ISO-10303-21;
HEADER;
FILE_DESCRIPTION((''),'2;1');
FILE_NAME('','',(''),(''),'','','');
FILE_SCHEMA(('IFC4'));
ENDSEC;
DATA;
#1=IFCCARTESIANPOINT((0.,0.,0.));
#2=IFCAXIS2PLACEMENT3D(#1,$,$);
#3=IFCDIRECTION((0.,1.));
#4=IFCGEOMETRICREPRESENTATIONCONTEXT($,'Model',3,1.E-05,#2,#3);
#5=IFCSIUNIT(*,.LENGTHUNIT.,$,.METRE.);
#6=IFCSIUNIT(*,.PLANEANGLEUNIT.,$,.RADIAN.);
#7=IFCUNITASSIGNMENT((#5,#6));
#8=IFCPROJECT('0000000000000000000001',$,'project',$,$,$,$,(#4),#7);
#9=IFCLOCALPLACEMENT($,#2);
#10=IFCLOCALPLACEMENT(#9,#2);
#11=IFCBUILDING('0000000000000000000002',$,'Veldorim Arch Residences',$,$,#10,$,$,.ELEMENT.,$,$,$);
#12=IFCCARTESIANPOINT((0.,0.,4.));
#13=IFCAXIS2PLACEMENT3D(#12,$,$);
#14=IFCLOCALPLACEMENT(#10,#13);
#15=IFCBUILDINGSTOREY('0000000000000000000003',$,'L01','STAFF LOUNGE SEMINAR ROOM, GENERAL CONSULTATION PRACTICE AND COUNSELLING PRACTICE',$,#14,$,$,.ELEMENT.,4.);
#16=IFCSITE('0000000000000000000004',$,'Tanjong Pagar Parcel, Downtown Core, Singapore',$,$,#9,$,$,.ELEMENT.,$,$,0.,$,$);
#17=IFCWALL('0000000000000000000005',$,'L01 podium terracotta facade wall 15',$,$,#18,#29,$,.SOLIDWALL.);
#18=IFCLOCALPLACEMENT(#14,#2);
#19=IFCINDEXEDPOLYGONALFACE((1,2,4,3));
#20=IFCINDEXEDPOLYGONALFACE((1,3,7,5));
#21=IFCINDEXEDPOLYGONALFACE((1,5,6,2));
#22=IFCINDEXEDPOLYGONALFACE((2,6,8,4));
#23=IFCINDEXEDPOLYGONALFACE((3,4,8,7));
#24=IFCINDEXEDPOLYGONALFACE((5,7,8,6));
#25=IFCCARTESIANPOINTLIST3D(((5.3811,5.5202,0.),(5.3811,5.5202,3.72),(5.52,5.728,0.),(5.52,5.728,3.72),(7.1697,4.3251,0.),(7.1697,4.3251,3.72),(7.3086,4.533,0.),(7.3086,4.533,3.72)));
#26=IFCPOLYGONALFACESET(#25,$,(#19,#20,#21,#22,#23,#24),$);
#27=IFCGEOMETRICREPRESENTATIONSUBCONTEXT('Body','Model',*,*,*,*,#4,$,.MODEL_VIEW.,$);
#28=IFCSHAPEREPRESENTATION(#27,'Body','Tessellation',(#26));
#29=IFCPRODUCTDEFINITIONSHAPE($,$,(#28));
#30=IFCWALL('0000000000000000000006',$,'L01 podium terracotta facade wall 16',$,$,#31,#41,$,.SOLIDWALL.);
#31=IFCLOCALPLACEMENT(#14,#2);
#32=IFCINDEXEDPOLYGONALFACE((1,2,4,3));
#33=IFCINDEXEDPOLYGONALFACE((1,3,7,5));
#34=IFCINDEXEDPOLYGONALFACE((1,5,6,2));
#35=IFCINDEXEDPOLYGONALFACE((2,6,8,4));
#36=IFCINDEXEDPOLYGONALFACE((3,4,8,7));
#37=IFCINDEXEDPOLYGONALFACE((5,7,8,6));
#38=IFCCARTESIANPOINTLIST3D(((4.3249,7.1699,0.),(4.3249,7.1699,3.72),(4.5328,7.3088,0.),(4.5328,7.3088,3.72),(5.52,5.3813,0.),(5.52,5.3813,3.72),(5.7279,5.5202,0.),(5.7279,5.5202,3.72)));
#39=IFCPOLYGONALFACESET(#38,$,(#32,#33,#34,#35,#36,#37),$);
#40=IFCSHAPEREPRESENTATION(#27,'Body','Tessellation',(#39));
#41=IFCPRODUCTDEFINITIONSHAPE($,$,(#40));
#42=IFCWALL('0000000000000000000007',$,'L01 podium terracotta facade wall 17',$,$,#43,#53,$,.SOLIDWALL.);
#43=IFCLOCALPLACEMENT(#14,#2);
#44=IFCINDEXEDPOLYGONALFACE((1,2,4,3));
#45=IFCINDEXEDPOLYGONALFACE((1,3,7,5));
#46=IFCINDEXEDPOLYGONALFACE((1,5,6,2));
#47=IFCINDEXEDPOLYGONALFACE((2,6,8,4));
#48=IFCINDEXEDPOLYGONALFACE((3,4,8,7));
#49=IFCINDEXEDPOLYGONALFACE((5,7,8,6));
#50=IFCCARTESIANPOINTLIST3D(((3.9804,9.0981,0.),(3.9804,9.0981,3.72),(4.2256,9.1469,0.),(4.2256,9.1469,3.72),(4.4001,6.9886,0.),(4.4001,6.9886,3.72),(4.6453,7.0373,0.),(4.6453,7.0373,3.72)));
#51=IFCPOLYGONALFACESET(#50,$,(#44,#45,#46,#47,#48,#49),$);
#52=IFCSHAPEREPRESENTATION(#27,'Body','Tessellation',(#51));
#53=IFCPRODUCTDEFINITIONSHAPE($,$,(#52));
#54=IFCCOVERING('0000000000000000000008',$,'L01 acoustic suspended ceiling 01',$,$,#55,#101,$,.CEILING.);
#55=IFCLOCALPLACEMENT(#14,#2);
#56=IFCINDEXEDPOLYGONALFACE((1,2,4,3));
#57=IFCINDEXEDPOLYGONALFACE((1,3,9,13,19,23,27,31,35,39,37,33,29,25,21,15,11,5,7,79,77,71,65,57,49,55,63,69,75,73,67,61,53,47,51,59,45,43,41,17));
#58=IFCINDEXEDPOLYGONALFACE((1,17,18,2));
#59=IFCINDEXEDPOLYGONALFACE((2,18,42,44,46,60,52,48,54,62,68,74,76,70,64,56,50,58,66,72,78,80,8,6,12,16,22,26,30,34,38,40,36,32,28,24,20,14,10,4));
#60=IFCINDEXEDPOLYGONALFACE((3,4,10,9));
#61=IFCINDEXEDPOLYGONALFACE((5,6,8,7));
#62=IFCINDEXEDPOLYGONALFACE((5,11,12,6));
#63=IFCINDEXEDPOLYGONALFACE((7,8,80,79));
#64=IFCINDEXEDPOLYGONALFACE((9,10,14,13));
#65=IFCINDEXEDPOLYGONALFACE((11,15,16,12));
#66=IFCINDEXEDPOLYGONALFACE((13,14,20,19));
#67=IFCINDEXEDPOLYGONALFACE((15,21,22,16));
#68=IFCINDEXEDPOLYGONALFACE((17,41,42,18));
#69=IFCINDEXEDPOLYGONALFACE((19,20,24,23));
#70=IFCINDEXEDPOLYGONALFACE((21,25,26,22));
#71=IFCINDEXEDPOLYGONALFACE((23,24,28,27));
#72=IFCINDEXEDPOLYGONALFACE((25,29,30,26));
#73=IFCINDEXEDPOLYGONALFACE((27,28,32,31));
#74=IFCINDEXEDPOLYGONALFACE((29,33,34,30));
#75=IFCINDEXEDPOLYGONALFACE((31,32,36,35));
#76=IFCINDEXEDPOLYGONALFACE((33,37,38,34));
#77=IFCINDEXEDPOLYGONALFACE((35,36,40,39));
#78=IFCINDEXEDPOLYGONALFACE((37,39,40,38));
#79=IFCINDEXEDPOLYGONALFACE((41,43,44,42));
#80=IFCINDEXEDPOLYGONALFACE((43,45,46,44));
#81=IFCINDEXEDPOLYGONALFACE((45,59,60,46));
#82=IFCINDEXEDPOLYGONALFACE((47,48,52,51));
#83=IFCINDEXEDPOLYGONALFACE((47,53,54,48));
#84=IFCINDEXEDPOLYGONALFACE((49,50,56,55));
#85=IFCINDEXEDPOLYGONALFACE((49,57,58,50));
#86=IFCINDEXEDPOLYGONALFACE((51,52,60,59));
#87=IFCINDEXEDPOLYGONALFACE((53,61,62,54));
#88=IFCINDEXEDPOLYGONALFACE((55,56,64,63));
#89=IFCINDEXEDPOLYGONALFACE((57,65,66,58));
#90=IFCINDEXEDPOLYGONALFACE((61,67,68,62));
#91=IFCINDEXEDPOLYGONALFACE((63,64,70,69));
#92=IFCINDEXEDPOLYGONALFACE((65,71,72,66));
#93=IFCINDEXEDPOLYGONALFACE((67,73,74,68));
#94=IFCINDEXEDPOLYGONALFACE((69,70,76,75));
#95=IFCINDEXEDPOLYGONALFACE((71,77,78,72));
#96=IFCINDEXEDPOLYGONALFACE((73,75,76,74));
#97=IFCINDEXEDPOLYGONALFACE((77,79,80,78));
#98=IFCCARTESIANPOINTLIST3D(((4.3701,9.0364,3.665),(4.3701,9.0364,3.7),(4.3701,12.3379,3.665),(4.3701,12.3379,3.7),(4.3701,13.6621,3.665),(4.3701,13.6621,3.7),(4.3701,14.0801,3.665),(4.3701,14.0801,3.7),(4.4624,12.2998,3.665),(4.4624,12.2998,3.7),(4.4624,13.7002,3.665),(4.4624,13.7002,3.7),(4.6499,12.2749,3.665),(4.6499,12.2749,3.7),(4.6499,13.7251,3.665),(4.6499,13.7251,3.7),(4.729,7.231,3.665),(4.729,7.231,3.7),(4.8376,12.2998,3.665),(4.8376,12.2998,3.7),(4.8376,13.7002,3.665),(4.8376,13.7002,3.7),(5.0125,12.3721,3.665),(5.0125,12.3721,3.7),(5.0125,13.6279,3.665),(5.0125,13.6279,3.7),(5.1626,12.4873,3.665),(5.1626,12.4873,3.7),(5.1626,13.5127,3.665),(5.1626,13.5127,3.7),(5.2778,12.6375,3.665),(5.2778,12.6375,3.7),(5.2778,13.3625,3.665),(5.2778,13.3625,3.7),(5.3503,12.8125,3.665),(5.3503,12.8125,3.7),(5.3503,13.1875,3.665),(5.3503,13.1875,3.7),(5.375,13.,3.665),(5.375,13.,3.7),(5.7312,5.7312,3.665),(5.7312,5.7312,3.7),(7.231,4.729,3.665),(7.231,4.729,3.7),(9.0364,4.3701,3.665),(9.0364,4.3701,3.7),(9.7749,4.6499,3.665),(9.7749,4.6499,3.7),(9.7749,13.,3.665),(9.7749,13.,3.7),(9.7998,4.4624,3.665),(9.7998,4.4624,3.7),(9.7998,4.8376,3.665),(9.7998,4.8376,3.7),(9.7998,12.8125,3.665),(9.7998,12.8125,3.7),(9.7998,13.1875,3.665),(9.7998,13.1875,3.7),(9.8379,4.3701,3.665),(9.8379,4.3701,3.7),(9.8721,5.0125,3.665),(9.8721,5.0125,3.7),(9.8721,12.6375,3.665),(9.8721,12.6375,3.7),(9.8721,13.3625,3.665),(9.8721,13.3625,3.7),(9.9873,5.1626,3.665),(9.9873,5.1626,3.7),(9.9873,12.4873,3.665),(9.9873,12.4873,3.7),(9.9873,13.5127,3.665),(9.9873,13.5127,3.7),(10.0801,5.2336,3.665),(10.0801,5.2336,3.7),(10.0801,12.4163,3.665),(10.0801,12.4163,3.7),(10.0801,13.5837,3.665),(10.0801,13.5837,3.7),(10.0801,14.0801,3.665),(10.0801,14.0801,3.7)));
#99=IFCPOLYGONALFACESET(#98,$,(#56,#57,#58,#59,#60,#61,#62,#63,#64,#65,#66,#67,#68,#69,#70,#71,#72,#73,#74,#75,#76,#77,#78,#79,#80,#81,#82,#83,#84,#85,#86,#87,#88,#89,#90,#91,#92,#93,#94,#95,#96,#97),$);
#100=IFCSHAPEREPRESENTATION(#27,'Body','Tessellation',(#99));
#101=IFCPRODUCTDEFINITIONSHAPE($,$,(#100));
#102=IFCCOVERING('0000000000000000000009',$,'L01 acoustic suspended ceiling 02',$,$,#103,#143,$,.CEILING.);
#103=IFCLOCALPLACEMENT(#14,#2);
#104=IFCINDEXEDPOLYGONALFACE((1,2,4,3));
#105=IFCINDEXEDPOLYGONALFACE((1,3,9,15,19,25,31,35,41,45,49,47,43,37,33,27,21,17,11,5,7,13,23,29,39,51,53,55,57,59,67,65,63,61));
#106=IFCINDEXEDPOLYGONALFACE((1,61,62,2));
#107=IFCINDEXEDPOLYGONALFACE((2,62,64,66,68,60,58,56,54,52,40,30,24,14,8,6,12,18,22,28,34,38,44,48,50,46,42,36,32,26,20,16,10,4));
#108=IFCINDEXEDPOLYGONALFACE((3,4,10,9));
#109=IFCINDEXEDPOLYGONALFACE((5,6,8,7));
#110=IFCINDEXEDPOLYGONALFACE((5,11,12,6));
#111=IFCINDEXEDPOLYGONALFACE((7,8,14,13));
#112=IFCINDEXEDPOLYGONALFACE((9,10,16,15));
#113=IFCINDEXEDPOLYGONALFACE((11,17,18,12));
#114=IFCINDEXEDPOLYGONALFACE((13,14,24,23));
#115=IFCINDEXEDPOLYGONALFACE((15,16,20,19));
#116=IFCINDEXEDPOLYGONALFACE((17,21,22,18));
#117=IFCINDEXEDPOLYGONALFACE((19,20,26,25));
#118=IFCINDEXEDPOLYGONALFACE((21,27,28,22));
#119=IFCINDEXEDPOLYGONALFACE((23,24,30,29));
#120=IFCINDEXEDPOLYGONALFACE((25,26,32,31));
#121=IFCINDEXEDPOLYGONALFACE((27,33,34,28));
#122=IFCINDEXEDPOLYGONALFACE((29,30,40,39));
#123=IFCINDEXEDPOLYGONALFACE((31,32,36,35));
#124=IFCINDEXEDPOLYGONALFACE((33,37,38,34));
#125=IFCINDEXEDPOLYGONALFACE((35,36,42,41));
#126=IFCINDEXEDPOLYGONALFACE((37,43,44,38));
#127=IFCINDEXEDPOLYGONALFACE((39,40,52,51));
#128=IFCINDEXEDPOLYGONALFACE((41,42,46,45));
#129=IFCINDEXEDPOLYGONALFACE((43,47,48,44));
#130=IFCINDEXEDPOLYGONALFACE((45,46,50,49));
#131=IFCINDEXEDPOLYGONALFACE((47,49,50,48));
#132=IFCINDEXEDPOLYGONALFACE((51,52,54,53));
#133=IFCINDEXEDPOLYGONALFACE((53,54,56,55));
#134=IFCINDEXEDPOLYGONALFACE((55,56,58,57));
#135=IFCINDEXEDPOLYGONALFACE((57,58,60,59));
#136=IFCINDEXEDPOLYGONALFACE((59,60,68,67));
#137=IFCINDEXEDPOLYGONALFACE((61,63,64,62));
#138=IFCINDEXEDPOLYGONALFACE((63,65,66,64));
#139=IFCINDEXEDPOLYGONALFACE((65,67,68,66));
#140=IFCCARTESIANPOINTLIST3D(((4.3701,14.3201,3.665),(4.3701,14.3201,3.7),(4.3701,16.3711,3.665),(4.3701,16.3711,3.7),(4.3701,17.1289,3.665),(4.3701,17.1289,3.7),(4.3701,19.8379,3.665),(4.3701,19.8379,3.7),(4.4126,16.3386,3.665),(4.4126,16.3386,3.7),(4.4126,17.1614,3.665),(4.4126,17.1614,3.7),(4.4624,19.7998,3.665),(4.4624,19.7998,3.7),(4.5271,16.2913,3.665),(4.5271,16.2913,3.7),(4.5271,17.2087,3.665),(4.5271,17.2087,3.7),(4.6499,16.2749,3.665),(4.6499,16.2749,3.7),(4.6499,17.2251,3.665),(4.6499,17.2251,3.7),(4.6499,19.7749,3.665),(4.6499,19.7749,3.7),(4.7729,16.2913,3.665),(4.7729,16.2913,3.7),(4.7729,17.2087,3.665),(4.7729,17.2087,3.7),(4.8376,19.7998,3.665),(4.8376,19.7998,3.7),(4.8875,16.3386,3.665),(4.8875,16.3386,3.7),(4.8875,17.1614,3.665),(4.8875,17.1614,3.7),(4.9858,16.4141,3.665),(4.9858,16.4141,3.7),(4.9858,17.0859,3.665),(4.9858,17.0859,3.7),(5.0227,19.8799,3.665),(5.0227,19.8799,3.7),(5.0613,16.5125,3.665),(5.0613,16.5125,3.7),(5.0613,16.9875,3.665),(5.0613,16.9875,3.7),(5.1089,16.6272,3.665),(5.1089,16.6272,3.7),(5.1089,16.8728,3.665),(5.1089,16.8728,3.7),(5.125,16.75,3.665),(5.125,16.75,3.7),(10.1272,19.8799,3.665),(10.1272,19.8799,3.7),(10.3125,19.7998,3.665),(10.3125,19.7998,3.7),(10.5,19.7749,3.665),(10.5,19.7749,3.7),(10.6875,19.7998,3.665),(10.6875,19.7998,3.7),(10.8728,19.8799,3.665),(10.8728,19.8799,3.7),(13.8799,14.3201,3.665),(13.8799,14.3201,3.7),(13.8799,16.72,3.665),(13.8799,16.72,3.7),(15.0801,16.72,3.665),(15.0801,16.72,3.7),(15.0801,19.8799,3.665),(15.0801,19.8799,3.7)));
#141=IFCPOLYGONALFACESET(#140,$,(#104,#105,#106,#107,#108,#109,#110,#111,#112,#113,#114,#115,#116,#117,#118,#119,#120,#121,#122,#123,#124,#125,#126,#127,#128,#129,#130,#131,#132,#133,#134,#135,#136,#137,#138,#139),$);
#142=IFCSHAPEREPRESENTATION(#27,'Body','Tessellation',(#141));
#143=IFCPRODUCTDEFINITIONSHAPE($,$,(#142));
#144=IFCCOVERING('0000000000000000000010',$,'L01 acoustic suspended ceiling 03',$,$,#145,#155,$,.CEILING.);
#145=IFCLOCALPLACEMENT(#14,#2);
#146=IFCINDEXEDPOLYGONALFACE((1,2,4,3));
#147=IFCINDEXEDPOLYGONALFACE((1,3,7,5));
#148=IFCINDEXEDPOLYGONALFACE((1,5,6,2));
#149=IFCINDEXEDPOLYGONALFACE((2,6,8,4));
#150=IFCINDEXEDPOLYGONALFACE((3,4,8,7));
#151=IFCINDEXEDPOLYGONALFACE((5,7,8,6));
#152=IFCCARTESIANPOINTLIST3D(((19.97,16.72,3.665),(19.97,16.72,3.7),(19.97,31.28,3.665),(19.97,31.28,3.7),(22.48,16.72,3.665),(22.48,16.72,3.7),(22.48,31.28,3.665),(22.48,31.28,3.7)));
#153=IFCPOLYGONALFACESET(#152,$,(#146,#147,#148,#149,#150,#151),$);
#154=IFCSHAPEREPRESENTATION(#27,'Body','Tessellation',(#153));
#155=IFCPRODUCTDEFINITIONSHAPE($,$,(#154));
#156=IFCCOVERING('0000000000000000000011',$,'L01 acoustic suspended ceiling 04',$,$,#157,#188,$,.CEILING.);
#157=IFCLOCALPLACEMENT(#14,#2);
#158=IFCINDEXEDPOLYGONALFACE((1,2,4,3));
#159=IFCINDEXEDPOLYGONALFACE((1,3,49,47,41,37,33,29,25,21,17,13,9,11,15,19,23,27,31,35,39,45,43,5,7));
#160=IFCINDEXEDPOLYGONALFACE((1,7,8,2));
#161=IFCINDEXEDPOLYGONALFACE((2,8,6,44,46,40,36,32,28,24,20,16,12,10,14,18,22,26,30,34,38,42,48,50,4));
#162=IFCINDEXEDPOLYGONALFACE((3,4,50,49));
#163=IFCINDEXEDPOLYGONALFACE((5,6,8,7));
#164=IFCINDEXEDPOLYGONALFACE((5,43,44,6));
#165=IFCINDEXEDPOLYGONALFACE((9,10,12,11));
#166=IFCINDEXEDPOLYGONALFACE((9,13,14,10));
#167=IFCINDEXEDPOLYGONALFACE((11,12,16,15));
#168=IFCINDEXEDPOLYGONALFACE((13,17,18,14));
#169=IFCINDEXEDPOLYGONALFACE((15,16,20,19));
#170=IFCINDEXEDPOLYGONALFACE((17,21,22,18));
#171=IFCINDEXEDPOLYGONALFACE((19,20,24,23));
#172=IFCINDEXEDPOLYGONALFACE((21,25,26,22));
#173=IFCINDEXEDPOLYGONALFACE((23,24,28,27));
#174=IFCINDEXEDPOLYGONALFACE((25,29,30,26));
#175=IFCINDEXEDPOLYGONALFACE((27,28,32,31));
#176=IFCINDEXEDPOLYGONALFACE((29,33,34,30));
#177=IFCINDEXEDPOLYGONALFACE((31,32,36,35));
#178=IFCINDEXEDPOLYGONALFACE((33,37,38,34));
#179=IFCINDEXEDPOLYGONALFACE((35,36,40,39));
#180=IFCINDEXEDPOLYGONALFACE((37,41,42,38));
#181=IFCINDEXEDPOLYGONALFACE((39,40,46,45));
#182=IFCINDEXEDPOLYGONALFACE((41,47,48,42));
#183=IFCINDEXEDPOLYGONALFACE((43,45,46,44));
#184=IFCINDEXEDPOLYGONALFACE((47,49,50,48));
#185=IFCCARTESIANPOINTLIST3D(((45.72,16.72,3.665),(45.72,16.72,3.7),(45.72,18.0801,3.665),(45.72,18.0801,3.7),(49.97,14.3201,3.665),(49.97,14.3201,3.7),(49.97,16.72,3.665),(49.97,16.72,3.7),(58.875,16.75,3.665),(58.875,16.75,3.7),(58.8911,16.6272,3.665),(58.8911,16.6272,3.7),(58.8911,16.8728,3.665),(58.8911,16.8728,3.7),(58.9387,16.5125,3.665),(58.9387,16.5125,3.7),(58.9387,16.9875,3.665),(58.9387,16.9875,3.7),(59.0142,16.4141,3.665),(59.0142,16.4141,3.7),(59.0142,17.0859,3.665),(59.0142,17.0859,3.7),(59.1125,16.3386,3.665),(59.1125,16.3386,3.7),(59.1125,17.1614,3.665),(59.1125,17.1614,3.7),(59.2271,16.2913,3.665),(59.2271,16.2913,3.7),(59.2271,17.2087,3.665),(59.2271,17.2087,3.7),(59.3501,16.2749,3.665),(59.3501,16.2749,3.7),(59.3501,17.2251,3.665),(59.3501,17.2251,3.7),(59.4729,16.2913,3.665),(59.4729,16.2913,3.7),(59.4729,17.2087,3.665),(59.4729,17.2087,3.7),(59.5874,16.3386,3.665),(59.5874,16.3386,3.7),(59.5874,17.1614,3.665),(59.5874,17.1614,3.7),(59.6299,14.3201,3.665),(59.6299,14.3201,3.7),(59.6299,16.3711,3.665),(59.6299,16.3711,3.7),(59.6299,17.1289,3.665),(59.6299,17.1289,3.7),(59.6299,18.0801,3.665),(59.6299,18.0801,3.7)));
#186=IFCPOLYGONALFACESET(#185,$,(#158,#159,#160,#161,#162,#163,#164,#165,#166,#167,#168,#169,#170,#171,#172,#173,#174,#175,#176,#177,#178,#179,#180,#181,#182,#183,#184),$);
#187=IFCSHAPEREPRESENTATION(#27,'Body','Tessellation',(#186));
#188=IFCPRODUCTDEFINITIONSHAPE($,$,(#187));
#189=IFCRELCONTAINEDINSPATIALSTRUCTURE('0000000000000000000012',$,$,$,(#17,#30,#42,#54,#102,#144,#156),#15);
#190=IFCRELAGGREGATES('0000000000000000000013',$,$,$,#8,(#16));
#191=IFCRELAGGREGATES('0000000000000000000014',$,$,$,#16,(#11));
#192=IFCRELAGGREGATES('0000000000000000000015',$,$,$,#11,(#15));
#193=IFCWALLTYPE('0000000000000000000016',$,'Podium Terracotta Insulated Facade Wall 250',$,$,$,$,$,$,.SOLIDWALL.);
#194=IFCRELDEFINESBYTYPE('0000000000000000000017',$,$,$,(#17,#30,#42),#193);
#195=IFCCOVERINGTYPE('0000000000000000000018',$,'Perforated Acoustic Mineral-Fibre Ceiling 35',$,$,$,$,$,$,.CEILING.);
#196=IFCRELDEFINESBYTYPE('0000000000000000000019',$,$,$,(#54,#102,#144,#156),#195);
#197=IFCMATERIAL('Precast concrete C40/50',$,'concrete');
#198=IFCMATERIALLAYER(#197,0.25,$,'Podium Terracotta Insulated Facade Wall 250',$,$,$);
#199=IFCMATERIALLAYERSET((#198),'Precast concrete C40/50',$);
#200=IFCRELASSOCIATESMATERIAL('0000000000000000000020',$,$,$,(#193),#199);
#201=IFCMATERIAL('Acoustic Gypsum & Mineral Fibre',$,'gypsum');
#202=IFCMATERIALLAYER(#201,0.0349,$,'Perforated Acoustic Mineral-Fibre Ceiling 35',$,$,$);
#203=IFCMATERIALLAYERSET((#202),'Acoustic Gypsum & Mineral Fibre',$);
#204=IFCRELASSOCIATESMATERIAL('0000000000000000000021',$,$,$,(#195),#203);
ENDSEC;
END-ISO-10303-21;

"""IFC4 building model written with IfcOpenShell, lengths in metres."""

from ifc_helpers import new_model, si_unit, direction, frame, frame_2d, origin, place, context, subcontext, project, spatial, polyline, rectangle, outline, extrude, material, layer, layer_set, type_object, element, save


model = new_model("IFC4")

# Units and contexts
model_context = context("Model", 3, precision=1e-05, world=origin(), true_north=direction((0.0, 1.0)))
body_context = subcontext(model_context, "Body", "Model", "MODEL_VIEW")
ifc_project = project(units=[si_unit("LENGTHUNIT", "METRE"), si_unit("PLANEANGLEUNIT", "RADIAN")], contexts=[model_context])

# Site, building, storey
site_placement = place(None, origin())
site = spatial("IfcSite", under=ifc_project, at=site_placement, Name="Tanjong Pagar Parcel, Downtown Core, Singapore", CompositionType="ELEMENT", RefElevation=0.0)
building_placement = place(site_placement, origin())
building = spatial("IfcBuilding", under=site, at=building_placement, Name="Veldorim Arch Residences", CompositionType="ELEMENT")
storey_placement = place(building_placement, frame((0.0, 0.0, 4.0)))
storey = spatial("IfcBuildingStorey", under=building, at=storey_placement, Name="L01", Description="STAFF LOUNGE SEMINAR ROOM, GENERAL CONSULTATION PRACTICE AND COUNSELLING PRACTICE", CompositionType="ELEMENT", Elevation=4.0)

# Walls
ifc_material_1 = material(Name="Precast concrete C40/50", Category="concrete")
ifc_layer_1 = layer(ifc_material_1, 0.25, Name="Podium Terracotta Insulated Facade Wall 250")
ifc_layer_set_1 = layer_set([ifc_layer_1], Name="Precast concrete C40/50")
wall_type = type_object("IfcWallType", Name="Podium Terracotta Insulated Facade Wall 250", PredefinedType="SOLIDWALL", material=ifc_layer_set_1)
for number, where, z_axis, x_axis, name in (
    (1, (7.2393, 4.429, 0.0), (0.0, 0.0, 1.0), (-0.831474, 0.555564, 0.0), "L01 podium terracotta facade wall 15"),
    (2, (5.624, 5.4507, 0.0), (0.0, 0.0, 1.0), (-0.555564, 0.831474, 0.0), "L01 podium terracotta facade wall 16"),
):
    element("IfcWall", number, at=place(storey_placement, frame(where, z_axis=z_axis, x_axis=x_axis)), inside=storey, type_object=wall_type, Name=name, PredefinedType="SOLIDWALL", context=body_context, shape_type="SweptSolid", body=[
        extrude(rectangle(XDim=2.1511, YDim=0.25, at=frame_2d((1.0757, 0.0))), origin(), (0.0, 0.0, 1.0), 3.72),
    ])
wall_1_placement = place(storey_placement, frame((4.5227, 7.0129, 0.0), z_axis=(0.0, 0.0, 1.0), x_axis=(-0.195112, 0.980781, 0.0)))
element("IfcWall", 3, at=wall_1_placement, inside=storey, type_object=wall_type, Name="L01 podium terracotta facade wall 17", PredefinedType="SOLIDWALL", context=body_context, shape_type="SweptSolid", body=[
    extrude(rectangle(XDim=2.1509, YDim=0.25, at=frame_2d((1.0754, 0.0))), origin(), (0.0, 0.0, 1.0), 3.72),
])

# Coverings
ifc_material_2 = material(Name="Acoustic Gypsum & Mineral Fibre", Category="gypsum")
ifc_layer_2 = layer(ifc_material_2, 0.0349, Name="Perforated Acoustic Mineral-Fibre Ceiling 35")
ifc_layer_set_2 = layer_set([ifc_layer_2], Name="Acoustic Gypsum & Mineral Fibre")
covering_type_1 = type_object("IfcCoveringType", Name="Perforated Acoustic Mineral-Fibre Ceiling 35", PredefinedType="CEILING", material=ifc_layer_set_2)
covering_1_placement = place(storey_placement, frame((0.0, 0.0, 3.665)))
element("IfcCovering", 4, at=covering_1_placement, inside=storey, type_object=covering_type_1, Name="L01 acoustic suspended ceiling 01", PredefinedType="CEILING", context=body_context, shape_type="SweptSolid", body=[
    extrude(outline(polyline([(5.7312, 5.7312), (4.729, 7.231), (4.3701, 9.0364), (4.3701, 12.3379), (4.4624, 12.2998), (4.6499, 12.2749), (4.8376, 12.2998), (5.0125, 12.3721), (5.1626, 12.4873), (5.2778, 12.6375), (5.3503, 12.8125), (5.375, 13.0), (5.3503, 13.1875), (5.2778, 13.3625), (5.1626, 13.5127), (5.0125, 13.6279), (4.8376, 13.7002), (4.6499, 13.7251), (4.4624, 13.7002), (4.3701, 13.6621), (4.3701, 14.0801), (10.0801, 14.0801), (10.0801, 13.5837), (9.9873, 13.5127), (9.8721, 13.3625), (9.7998, 13.1875), (9.7749, 13.0), (9.7998, 12.8125), (9.8721, 12.6375), (9.9873, 12.4873), (10.0801, 12.4163), (10.0801, 5.2336), (9.9873, 5.1626), (9.8721, 5.0125), (9.7998, 4.8376), (9.7749, 4.6499), (9.7998, 4.4624), (9.8379, 4.3701), (9.0364, 4.3701), (7.231, 4.729), (5.7312, 5.7312)])), origin(), (0.0, 0.0, 1.0), 0.0349),
])
covering_2_placement = place(storey_placement, frame((0.0, 0.0, 3.665)))
element("IfcCovering", 5, at=covering_2_placement, inside=storey, type_object=covering_type_1, Name="L01 acoustic suspended ceiling 02", PredefinedType="CEILING", context=body_context, shape_type="SweptSolid", body=[
    extrude(outline(polyline([(15.0801, 16.72), (13.8799, 16.72), (13.8799, 14.3201), (4.3701, 14.3201), (4.3701, 16.3711), (4.4126, 16.3386), (4.5271, 16.2913), (4.6499, 16.2749), (4.7729, 16.2913), (4.8875, 16.3386), (4.9858, 16.4141), (5.0613, 16.5125), (5.1089, 16.6272), (5.125, 16.75), (5.1089, 16.8728), (5.0613, 16.9875), (4.9858, 17.0859), (4.8875, 17.1614), (4.7729, 17.2087), (4.6499, 17.2251), (4.5271, 17.2087), (4.4126, 17.1614), (4.3701, 17.1289), (4.3701, 19.8379), (4.4624, 19.7998), (4.6499, 19.7749), (4.8376, 19.7998), (5.0227, 19.8799), (10.1272, 19.8799), (10.3125, 19.7998), (10.5, 19.7749), (10.6875, 19.7998), (10.8728, 19.8799), (15.0801, 19.8799), (15.0801, 16.72)])), origin(), (0.0, 0.0, 1.0), 0.0349),
])
covering_3_placement = place(storey_placement, frame((0.0, 0.0, 3.665)))
element("IfcCovering", 6, at=covering_3_placement, inside=storey, type_object=covering_type_1, Name="L01 acoustic suspended ceiling 03", PredefinedType="CEILING", context=body_context, shape_type="SweptSolid", body=[
    extrude(outline(polyline([(22.48, 31.28), (22.48, 16.72), (19.97, 16.72), (19.97, 31.28), (22.48, 31.28)])), origin(), (0.0, 0.0, 1.0), 0.0349),
])
covering_4_placement = place(storey_placement, frame((0.0, 0.0, 3.665)))
element("IfcCovering", 7, at=covering_4_placement, inside=storey, type_object=covering_type_1, Name="L01 acoustic suspended ceiling 04", PredefinedType="CEILING", context=body_context, shape_type="SweptSolid", body=[
    extrude(outline(polyline([(49.97, 16.72), (45.72, 16.72), (45.72, 18.0801), (59.6299, 18.0801), (59.6299, 17.1289), (59.5874, 17.1614), (59.4729, 17.2087), (59.3501, 17.2251), (59.2271, 17.2087), (59.1125, 17.1614), (59.0142, 17.0859), (58.9387, 16.9875), (58.8911, 16.8728), (58.875, 16.75), (58.8911, 16.6272), (58.9387, 16.5125), (59.0142, 16.4141), (59.1125, 16.3386), (59.2271, 16.2913), (59.3501, 16.2749), (59.4729, 16.2913), (59.5874, 16.3386), (59.6299, 16.3711), (59.6299, 14.3201), (49.97, 14.3201), (49.97, 16.72)])), origin(), (0.0, 0.0, 1.0), 0.0349),
])

save(model, "model.ifc")
